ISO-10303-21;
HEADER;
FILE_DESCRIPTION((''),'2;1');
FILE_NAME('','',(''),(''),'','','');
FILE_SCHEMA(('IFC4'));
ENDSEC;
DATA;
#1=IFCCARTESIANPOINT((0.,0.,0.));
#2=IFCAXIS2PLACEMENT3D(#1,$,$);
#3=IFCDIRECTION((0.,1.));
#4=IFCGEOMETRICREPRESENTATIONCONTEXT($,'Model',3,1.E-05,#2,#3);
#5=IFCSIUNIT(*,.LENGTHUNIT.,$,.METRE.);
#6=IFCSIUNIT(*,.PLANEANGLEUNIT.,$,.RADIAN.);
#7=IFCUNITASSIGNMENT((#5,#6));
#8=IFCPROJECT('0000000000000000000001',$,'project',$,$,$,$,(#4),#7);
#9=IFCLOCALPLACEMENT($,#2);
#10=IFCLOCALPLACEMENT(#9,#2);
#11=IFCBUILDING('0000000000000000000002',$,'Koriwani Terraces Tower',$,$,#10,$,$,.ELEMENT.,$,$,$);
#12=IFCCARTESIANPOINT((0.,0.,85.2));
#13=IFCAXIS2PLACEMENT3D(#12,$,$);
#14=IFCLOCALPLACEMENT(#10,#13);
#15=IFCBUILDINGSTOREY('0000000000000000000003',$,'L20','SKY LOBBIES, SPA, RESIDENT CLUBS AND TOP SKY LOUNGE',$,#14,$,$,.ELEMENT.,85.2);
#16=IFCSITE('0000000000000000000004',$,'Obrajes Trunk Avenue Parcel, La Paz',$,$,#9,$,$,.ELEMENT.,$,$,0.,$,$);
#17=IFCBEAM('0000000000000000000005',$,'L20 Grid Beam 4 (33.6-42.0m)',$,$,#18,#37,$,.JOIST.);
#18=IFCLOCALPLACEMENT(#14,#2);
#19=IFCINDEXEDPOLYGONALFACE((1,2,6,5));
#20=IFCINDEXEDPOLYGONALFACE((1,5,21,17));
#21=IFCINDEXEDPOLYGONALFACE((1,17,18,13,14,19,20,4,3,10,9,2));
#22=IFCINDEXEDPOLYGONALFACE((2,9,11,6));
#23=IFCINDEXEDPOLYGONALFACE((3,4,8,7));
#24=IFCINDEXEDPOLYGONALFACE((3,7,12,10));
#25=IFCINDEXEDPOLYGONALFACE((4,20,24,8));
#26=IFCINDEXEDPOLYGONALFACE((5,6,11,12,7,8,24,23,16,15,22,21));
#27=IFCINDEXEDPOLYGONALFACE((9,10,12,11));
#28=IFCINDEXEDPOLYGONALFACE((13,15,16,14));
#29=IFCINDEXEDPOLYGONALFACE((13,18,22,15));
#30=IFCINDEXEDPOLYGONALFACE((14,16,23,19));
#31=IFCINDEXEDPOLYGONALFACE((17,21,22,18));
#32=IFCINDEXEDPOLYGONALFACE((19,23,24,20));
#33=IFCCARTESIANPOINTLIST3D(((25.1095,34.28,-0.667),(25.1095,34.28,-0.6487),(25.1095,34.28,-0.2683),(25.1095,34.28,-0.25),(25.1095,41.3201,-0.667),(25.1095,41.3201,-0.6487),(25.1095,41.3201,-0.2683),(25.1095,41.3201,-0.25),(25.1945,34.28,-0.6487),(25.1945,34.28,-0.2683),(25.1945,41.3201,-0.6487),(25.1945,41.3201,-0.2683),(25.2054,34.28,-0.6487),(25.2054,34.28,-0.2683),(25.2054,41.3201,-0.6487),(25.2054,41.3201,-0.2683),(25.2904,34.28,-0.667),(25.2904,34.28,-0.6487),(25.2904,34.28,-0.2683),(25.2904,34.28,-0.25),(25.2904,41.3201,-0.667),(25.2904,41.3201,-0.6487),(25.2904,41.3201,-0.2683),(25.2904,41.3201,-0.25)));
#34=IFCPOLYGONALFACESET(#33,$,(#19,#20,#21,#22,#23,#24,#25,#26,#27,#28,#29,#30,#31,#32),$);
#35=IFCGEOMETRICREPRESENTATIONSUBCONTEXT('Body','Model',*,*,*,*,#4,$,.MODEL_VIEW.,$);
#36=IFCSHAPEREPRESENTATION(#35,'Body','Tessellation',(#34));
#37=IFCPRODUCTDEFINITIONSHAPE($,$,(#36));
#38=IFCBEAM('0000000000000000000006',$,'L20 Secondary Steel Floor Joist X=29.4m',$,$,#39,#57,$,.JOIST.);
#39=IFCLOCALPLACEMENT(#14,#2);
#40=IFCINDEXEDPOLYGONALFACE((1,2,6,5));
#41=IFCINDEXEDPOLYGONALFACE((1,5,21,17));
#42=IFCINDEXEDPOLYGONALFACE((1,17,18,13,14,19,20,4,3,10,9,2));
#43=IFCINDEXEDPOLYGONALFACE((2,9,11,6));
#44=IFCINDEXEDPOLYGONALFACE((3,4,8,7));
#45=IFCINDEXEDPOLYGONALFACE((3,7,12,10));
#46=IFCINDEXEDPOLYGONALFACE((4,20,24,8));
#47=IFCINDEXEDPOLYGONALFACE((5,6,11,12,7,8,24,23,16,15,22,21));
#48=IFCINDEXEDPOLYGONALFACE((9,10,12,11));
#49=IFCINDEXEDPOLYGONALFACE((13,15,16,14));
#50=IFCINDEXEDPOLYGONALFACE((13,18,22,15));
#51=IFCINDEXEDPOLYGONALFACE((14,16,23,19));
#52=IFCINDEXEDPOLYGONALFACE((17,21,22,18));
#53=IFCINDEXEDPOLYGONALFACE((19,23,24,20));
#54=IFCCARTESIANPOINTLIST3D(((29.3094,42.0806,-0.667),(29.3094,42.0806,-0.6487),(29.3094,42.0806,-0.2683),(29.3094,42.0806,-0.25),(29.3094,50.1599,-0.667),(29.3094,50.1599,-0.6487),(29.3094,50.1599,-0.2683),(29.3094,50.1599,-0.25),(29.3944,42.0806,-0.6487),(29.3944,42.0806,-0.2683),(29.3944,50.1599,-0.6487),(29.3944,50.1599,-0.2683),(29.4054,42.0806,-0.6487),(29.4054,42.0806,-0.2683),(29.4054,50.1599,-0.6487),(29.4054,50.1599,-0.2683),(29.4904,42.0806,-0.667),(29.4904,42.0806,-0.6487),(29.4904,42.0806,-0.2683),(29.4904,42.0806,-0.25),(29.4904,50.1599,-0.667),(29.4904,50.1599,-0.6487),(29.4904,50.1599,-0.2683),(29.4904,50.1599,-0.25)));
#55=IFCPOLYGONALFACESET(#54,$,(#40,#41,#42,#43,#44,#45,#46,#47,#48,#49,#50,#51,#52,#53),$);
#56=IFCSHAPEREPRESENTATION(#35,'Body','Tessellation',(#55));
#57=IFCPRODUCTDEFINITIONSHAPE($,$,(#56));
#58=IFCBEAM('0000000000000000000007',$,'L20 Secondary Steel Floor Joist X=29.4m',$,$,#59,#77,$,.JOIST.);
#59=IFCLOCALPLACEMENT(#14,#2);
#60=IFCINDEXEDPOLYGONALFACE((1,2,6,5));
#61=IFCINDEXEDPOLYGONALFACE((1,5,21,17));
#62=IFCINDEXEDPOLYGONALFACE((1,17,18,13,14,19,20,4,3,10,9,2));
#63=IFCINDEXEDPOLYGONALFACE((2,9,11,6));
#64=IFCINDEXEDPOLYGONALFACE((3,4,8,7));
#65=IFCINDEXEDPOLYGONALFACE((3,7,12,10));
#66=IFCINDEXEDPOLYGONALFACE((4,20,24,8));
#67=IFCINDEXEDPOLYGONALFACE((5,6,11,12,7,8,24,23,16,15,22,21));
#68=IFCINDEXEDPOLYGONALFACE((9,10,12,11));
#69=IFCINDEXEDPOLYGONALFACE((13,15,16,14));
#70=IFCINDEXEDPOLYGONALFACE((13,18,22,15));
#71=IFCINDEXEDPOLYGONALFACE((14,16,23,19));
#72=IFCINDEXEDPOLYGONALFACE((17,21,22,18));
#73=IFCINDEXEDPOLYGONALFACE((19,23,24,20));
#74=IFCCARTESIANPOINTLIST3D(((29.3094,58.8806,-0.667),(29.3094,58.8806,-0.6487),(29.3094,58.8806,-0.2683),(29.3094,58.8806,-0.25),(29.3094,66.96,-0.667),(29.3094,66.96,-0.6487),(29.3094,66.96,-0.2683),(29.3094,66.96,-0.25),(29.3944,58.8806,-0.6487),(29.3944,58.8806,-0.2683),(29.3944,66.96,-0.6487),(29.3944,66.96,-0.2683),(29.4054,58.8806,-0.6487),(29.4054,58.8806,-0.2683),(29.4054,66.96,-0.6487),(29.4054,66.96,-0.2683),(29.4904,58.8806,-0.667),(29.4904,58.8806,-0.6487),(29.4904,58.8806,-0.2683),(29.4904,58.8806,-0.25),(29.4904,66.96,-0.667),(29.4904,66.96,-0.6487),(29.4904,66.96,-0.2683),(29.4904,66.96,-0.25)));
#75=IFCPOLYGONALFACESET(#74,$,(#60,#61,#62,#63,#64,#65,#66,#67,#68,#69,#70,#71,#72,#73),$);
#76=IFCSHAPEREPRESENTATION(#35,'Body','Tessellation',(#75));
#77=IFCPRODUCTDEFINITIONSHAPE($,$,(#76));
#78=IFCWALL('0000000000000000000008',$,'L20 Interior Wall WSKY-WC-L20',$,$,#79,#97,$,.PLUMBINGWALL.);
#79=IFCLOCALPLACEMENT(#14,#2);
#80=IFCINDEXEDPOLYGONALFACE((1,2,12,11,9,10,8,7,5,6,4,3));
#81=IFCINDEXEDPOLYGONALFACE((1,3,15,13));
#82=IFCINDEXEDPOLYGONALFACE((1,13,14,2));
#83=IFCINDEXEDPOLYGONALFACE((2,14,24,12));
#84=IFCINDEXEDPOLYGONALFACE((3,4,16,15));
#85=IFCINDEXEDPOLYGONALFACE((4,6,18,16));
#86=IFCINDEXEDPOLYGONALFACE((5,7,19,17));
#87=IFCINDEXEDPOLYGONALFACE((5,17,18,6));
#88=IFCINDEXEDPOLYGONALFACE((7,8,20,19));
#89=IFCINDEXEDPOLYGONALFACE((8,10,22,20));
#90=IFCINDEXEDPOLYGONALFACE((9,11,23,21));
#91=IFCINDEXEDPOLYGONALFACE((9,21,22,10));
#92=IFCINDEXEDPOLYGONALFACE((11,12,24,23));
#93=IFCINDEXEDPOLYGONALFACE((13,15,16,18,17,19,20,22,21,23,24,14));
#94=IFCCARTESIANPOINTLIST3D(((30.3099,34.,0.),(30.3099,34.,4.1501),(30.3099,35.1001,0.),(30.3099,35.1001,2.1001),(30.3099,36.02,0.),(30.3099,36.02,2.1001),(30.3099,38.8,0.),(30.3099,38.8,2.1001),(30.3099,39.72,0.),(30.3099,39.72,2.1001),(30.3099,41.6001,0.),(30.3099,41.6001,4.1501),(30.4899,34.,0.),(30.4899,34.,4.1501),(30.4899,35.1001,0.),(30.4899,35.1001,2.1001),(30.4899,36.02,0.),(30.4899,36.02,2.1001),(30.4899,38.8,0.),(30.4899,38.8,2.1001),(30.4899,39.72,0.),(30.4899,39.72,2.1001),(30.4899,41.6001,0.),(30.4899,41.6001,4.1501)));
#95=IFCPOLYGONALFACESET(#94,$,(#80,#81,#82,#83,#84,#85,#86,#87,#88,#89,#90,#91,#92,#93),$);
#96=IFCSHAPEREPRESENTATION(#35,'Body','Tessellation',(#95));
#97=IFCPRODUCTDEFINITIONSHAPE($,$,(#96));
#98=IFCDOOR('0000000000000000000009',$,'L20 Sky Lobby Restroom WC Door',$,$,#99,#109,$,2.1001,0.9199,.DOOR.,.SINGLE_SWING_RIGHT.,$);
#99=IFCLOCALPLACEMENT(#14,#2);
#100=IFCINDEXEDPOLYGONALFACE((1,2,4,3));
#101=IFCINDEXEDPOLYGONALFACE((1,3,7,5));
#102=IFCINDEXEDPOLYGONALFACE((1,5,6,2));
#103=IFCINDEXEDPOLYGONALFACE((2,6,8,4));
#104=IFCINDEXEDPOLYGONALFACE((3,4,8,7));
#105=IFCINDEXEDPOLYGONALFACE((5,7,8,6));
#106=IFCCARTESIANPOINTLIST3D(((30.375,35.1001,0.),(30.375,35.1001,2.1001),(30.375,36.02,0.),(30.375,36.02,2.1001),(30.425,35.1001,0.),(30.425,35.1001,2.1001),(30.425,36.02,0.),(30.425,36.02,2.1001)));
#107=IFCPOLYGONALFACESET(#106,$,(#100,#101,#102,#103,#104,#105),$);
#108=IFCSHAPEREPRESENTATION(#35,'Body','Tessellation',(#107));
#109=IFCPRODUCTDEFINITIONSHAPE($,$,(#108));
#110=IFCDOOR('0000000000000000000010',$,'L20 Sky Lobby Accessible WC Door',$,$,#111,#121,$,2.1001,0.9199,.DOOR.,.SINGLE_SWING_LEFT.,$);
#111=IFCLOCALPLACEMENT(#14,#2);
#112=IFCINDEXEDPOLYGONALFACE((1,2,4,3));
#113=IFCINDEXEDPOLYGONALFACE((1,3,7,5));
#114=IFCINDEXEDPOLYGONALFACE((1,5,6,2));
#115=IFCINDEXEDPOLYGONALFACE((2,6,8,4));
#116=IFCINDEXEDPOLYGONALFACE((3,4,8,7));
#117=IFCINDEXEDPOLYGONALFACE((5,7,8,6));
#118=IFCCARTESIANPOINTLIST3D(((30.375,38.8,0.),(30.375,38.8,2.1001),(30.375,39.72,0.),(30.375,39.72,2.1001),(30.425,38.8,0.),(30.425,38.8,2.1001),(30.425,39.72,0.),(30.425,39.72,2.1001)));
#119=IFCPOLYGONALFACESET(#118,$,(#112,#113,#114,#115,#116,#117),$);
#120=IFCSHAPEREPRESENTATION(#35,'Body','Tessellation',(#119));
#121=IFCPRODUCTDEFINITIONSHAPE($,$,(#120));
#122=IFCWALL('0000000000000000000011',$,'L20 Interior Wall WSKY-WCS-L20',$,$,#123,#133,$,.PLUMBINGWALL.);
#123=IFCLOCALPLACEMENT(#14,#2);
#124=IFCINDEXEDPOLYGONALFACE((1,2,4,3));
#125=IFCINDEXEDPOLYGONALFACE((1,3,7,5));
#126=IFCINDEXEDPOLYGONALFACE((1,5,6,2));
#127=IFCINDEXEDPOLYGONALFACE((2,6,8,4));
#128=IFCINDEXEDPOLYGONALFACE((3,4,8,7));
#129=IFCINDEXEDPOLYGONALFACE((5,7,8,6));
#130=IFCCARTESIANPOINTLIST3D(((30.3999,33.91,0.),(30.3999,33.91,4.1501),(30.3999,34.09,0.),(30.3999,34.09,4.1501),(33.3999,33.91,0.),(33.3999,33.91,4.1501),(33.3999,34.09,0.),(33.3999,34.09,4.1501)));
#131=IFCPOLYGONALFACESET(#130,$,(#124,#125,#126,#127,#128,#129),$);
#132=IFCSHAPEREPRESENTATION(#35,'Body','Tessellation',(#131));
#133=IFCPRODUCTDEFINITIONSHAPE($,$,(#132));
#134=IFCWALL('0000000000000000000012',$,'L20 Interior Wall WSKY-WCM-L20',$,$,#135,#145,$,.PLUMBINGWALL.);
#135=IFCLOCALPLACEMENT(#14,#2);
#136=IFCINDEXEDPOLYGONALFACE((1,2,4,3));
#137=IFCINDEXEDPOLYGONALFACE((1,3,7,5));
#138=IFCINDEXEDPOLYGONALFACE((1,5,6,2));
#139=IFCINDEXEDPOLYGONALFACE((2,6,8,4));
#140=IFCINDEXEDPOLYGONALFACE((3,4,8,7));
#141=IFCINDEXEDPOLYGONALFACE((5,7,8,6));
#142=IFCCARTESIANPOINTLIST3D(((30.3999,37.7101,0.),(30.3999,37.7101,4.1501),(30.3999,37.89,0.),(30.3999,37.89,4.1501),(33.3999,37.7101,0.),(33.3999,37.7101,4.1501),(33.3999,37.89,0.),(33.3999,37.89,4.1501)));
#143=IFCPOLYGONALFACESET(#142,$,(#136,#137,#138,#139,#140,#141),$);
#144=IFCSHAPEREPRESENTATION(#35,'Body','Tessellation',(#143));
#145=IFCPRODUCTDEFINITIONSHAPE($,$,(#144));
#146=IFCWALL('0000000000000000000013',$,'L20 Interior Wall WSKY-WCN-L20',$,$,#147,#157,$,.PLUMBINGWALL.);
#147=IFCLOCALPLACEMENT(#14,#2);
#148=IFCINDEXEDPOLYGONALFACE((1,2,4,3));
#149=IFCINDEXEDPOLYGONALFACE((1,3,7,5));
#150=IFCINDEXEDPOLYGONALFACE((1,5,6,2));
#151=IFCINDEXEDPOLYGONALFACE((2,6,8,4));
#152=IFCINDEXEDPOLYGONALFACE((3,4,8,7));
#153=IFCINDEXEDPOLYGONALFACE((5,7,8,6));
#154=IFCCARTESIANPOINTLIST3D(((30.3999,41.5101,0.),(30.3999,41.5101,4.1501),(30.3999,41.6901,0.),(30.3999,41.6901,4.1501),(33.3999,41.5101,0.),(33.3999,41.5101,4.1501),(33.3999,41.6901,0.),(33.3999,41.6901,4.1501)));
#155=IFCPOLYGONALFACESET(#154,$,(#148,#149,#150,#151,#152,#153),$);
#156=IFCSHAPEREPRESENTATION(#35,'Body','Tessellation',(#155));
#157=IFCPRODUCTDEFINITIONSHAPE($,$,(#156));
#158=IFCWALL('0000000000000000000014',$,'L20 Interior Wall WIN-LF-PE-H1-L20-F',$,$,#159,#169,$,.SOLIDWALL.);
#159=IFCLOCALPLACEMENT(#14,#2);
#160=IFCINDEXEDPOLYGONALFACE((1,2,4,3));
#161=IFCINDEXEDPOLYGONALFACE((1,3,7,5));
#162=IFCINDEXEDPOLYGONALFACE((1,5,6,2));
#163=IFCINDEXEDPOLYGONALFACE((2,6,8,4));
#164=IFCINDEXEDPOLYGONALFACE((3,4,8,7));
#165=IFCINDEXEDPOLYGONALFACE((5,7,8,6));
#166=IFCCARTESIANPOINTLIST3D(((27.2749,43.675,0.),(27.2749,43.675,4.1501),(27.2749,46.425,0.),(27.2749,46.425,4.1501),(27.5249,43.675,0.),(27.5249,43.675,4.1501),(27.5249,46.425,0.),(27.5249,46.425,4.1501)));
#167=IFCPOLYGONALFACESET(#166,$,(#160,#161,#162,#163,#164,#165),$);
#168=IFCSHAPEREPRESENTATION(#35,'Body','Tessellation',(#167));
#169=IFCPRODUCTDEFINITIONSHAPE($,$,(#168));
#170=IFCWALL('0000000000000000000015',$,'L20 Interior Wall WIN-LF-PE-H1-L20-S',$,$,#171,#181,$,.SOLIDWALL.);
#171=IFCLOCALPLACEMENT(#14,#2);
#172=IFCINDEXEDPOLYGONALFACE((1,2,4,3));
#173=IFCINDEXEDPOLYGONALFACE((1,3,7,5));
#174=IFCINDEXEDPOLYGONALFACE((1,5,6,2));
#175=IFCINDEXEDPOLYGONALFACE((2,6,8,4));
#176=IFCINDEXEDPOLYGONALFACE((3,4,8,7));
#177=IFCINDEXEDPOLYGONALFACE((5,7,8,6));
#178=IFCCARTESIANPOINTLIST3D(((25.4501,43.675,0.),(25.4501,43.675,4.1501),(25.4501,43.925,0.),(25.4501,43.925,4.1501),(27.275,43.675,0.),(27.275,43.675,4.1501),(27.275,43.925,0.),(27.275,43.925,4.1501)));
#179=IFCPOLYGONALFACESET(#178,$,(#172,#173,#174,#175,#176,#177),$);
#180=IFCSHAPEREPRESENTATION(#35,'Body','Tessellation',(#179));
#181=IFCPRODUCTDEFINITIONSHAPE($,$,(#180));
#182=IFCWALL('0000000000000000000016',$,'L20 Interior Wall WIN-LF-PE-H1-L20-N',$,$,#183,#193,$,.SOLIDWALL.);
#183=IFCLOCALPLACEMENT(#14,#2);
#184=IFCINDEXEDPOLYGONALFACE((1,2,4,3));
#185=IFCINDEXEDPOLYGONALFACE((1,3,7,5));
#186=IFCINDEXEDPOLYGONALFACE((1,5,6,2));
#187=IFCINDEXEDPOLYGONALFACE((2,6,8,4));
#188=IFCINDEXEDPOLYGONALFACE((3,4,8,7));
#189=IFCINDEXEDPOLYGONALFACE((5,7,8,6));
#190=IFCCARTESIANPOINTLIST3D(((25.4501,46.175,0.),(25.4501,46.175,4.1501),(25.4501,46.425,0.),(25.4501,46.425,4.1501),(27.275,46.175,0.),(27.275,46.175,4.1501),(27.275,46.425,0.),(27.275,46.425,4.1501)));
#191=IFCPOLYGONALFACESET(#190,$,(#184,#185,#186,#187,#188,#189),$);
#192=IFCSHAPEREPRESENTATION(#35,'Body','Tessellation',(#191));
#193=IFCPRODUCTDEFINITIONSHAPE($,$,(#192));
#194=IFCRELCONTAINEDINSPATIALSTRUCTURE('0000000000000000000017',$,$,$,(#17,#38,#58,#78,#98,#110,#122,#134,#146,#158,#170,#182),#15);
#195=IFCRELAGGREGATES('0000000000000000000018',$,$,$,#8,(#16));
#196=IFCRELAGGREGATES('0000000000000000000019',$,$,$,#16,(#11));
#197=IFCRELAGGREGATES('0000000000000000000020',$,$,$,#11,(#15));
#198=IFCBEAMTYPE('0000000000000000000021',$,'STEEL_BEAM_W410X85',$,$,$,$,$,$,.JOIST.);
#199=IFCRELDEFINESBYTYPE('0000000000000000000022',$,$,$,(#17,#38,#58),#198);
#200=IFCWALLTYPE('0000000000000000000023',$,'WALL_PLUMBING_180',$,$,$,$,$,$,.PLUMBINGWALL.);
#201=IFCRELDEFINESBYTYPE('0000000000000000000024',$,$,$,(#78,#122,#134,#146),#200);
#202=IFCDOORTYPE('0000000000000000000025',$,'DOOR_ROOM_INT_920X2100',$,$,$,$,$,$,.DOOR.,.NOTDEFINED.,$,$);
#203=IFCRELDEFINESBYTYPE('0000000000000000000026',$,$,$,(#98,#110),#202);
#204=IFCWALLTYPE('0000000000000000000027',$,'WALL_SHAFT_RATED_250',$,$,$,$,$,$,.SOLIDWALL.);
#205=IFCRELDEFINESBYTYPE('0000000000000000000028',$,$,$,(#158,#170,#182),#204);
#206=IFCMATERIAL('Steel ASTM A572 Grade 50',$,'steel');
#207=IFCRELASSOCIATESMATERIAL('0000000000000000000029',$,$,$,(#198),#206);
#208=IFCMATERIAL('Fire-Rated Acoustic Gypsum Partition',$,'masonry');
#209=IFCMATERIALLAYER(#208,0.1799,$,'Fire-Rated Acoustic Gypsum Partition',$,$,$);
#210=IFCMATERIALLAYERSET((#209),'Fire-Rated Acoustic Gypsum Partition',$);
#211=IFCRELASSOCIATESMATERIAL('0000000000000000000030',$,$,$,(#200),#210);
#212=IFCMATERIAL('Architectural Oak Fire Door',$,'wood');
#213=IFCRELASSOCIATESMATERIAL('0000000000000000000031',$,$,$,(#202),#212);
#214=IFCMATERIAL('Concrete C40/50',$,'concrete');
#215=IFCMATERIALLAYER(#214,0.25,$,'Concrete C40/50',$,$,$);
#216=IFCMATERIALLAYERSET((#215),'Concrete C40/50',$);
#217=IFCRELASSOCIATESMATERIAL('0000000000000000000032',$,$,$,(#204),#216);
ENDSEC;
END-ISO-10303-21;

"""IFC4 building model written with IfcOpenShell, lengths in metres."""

from ifc_helpers import new_model, si_unit, direction, frame, frame_2d, origin, origin_2d, place, context, subcontext, project, spatial, rectangle, i_section, extrude, material, layer, layer_set, material_profile, profile_set, type_object, element, fill, save


model = new_model("IFC4")

# Units and contexts
model_context = context("Model", 3, precision=1e-05, world=origin(), true_north=direction((0.0, 1.0)))
body_context = subcontext(model_context, "Body", "Model", "MODEL_VIEW")
ifc_project = project(units=[si_unit("LENGTHUNIT", "METRE"), si_unit("PLANEANGLEUNIT", "RADIAN")], contexts=[model_context])

# Site, building, storey
site_placement = place(None, origin())
site = spatial("IfcSite", under=ifc_project, at=site_placement, Name="Obrajes Trunk Avenue Parcel, La Paz", CompositionType="ELEMENT", RefElevation=0.0)
building_placement = place(site_placement, origin())
building = spatial("IfcBuilding", under=site, at=building_placement, Name="Koriwani Terraces Tower", CompositionType="ELEMENT")
storey_placement = place(building_placement, frame((0.0, 0.0, 85.2)))
storey = spatial("IfcBuildingStorey", under=building, at=storey_placement, Name="L20", Description="SKY LOBBIES, SPA, RESIDENT CLUBS AND TOP SKY LOUNGE", CompositionType="ELEMENT", Elevation=85.2)

# Beams
ifc_material_1 = material(Name="Concrete C40/50", Category="concrete")
ifc_material_2 = material(Name="Steel ASTM A572 Grade 50", Category="steel")
ifc_material_profile_1 = material_profile(ifc_material_2, i_section(OverallWidth=0.1809, OverallDepth=0.417, WebThickness=0.011, FlangeThickness=0.0183, at=origin_2d()), Name="Steel ASTM A572 Grade 50", Category="LoadBearing")
ifc_profile_set_1 = profile_set([ifc_material_profile_1], Name="Steel ASTM A572 Grade 50")
beam_type_1 = type_object("IfcBeamType", Name="STEEL_BEAM_W410X85", PredefinedType="JOIST", material=ifc_profile_set_1)
beam_1_placement = place(storey_placement, frame((25.2, 34.28, -0.4585), z_axis=(0.0, 1.0, 0.0), x_axis=(-1.0, 0.0, 0.0)))
element("IfcBeam", 1, at=beam_1_placement, inside=storey, type_object=beam_type_1, Name="L20 Grid Beam 4 (33.6-42.0m)", PredefinedType="JOIST", context=body_context, shape_type="SweptSolid", body=[
    extrude(i_section(OverallWidth=0.1809, OverallDepth=0.417, WebThickness=0.011, FlangeThickness=0.0183, at=origin_2d()), origin(), (0.0, 0.0, 1.0), 7.04),
])
for number, where, z_axis, x_axis, name in (
    (2, (29.3999, 42.0806, -0.4585), (0.0, 1.0, 0.0), (-1.0, 0.0, 0.0), "L20 Secondary Steel Floor Joist X=29.4m"),
    (3, (29.3999, 58.8806, -0.4585), (0.0, 1.0, 0.0), (-1.0, 0.0, 0.0), "L20 Secondary Steel Floor Joist X=29.4m"),
):
    element("IfcBeam", number, at=place(storey_placement, frame(where, z_axis=z_axis, x_axis=x_axis)), inside=storey, type_object=beam_type_1, Name=name, PredefinedType="JOIST", context=body_context, shape_type="SweptSolid", body=[
        extrude(i_section(OverallWidth=0.1809, OverallDepth=0.417, WebThickness=0.011, FlangeThickness=0.0183, at=origin_2d()), origin(), (0.0, 0.0, 1.0), 8.0793),
    ])

# Wall, openings, doors
ifc_material_3 = material(Name="Fire-Rated Acoustic Gypsum Partition", Category="masonry")
ifc_layer_1 = layer(ifc_material_3, 0.1799, Name="Fire-Rated Acoustic Gypsum Partition")
ifc_layer_set_1 = layer_set([ifc_layer_1], Name="Fire-Rated Acoustic Gypsum Partition")
wall_type_1 = type_object("IfcWallType", Name="WALL_PLUMBING_180", PredefinedType="PLUMBINGWALL", material=ifc_layer_set_1)
wall_1_placement = place(storey_placement, frame((30.3999, 34.0, 0.0), z_axis=(0.0, 0.0, 1.0), x_axis=(0.0, 1.0, 0.0)))
wall_1 = element("IfcWall", 4, at=wall_1_placement, inside=storey, type_object=wall_type_1, Name="L20 Interior Wall WSKY-WC-L20", PredefinedType="PLUMBINGWALL", context=body_context, shape_type="SweptSolid", body=[
    extrude(rectangle(XDim=7.6001, YDim=0.1799, at=frame_2d((3.8, 0.0))), origin(), (0.0, 0.0, 1.0), 4.1501),
])
opening_1_placement = place(wall_1_placement, frame((1.1001, 0.0, 0.0)))
opening_1 = element("IfcOpeningElement", 5, at=opening_1_placement, cuts=wall_1, PredefinedType="OPENING", context=body_context, shape_type="SweptSolid", body=[
    extrude(rectangle(XDim=0.9199, YDim=2.1001, at=frame_2d((0.46, 1.05))), frame((0.0, 0.1001, 0.0), z_axis=(0.0, -1.0, 0.0), x_axis=(1.0, 0.0, 0.0)), (0.0, 0.0, 1.0), 0.2),
])
opening_2_placement = place(wall_1_placement, frame((4.8, 0.0, 0.0)))
opening_2 = element("IfcOpeningElement", 6, at=opening_2_placement, cuts=wall_1, PredefinedType="OPENING", context=body_context, shape_type="SweptSolid", body=[
    extrude(rectangle(XDim=0.9199, YDim=2.1001, at=frame_2d((0.46, 1.05))), frame((0.0, 0.1001, 0.0), z_axis=(0.0, -1.0, 0.0), x_axis=(1.0, 0.0, 0.0)), (0.0, 0.0, 1.0), 0.2),
])
ifc_material_4 = material(Name="Architectural Oak Fire Door", Category="wood")
door_type_1 = type_object("IfcDoorType", Name="DOOR_ROOM_INT_920X2100", OperationType="NOTDEFINED", PredefinedType="DOOR", material=ifc_material_4)
door_1_placement = place(opening_1_placement, origin())
door_1 = element("IfcDoor", 7, at=door_1_placement, inside=storey, type_object=door_type_1, Name="L20 Sky Lobby Restroom WC Door", OperationType="SINGLE_SWING_RIGHT", OverallHeight=2.1001, OverallWidth=0.9199, PredefinedType="DOOR", context=body_context, shape_type="SweptSolid", body=[
    extrude(rectangle(XDim=0.9199, YDim=2.1001, at=frame_2d((0.46, 1.05))), frame((0.0, 0.0249, 0.0), z_axis=(0.0, -1.0, 0.0), x_axis=(1.0, 0.0, 0.0)), (0.0, 0.0, 1.0), 0.05),
])
fill(opening_1, door_1)
door_2_placement = place(opening_2_placement, origin())
door_2 = element("IfcDoor", 8, at=door_2_placement, inside=storey, type_object=door_type_1, Name="L20 Sky Lobby Accessible WC Door", OperationType="SINGLE_SWING_LEFT", OverallHeight=2.1001, OverallWidth=0.9199, PredefinedType="DOOR", context=body_context, shape_type="SweptSolid", body=[
    extrude(rectangle(XDim=0.9199, YDim=2.1001, at=frame_2d((0.46, 1.05))), frame((0.0, 0.0249, 0.0), z_axis=(0.0, -1.0, 0.0), x_axis=(1.0, 0.0, 0.0)), (0.0, 0.0, 1.0), 0.05),
])
fill(opening_2, door_2)

# Walls
for number, where, z_axis, x_axis, name in (
    (9, (30.3999, 34.0, 0.0), (0.0, 0.0, 1.0), (1.0, 0.0, 0.0), "L20 Interior Wall WSKY-WCS-L20"),
    (10, (30.3999, 37.8, 0.0), (0.0, 0.0, 1.0), (1.0, 0.0, 0.0), "L20 Interior Wall WSKY-WCM-L20"),
    (11, (30.3999, 41.6001, 0.0), (0.0, 0.0, 1.0), (1.0, 0.0, 0.0), "L20 Interior Wall WSKY-WCN-L20"),
):
    element("IfcWall", number, at=place(storey_placement, frame(where, z_axis=z_axis, x_axis=x_axis)), inside=storey, type_object=wall_type_1, Name=name, PredefinedType="PLUMBINGWALL", context=body_context, shape_type="SweptSolid", body=[
        extrude(rectangle(XDim=3.0, YDim=0.1799, at=frame_2d((1.5, 0.0))), origin(), (0.0, 0.0, 1.0), 4.1501),
    ])

# Shared definitions
ifc_layer_2 = layer(ifc_material_1, 0.25, Name="Concrete C40/50")
ifc_layer_set_2 = layer_set([ifc_layer_2], Name="Concrete C40/50")
wall_type_2 = type_object("IfcWallType", Name="WALL_SHAFT_RATED_250", PredefinedType="SOLIDWALL", material=ifc_layer_set_2)

# Walls
wall_2_placement = place(storey_placement, frame((27.3999, 43.675, 0.0), z_axis=(0.0, 0.0, 1.0), x_axis=(0.0, 1.0, 0.0)))
element("IfcWall", 12, at=wall_2_placement, inside=storey, type_object=wall_type_2, Name="L20 Interior Wall WIN-LF-PE-H1-L20-F", PredefinedType="SOLIDWALL", context=body_context, shape_type="SweptSolid", body=[
    extrude(rectangle(XDim=2.75, YDim=0.25, at=frame_2d((1.375, 0.0))), origin(), (0.0, 0.0, 1.0), 4.1501),
])
for number, where, z_axis, x_axis, name in (
    (13, (25.45, 43.8, 0.0), (0.0, 0.0, 1.0), (1.0, 0.0, 0.0), "L20 Interior Wall WIN-LF-PE-H1-L20-S"),
    (14, (25.45, 46.3, 0.0), (0.0, 0.0, 1.0), (1.0, 0.0, 0.0), "L20 Interior Wall WIN-LF-PE-H1-L20-N"),
):
    element("IfcWall", number, at=place(storey_placement, frame(where, z_axis=z_axis, x_axis=x_axis)), inside=storey, type_object=wall_type_2, Name=name, PredefinedType="SOLIDWALL", context=body_context, shape_type="SweptSolid", body=[
        extrude(rectangle(XDim=1.825, YDim=0.25, at=frame_2d((0.9126, 0.0))), origin(), (0.0, 0.0, 1.0), 4.1501),
    ])

save(model, "model.ifc")
